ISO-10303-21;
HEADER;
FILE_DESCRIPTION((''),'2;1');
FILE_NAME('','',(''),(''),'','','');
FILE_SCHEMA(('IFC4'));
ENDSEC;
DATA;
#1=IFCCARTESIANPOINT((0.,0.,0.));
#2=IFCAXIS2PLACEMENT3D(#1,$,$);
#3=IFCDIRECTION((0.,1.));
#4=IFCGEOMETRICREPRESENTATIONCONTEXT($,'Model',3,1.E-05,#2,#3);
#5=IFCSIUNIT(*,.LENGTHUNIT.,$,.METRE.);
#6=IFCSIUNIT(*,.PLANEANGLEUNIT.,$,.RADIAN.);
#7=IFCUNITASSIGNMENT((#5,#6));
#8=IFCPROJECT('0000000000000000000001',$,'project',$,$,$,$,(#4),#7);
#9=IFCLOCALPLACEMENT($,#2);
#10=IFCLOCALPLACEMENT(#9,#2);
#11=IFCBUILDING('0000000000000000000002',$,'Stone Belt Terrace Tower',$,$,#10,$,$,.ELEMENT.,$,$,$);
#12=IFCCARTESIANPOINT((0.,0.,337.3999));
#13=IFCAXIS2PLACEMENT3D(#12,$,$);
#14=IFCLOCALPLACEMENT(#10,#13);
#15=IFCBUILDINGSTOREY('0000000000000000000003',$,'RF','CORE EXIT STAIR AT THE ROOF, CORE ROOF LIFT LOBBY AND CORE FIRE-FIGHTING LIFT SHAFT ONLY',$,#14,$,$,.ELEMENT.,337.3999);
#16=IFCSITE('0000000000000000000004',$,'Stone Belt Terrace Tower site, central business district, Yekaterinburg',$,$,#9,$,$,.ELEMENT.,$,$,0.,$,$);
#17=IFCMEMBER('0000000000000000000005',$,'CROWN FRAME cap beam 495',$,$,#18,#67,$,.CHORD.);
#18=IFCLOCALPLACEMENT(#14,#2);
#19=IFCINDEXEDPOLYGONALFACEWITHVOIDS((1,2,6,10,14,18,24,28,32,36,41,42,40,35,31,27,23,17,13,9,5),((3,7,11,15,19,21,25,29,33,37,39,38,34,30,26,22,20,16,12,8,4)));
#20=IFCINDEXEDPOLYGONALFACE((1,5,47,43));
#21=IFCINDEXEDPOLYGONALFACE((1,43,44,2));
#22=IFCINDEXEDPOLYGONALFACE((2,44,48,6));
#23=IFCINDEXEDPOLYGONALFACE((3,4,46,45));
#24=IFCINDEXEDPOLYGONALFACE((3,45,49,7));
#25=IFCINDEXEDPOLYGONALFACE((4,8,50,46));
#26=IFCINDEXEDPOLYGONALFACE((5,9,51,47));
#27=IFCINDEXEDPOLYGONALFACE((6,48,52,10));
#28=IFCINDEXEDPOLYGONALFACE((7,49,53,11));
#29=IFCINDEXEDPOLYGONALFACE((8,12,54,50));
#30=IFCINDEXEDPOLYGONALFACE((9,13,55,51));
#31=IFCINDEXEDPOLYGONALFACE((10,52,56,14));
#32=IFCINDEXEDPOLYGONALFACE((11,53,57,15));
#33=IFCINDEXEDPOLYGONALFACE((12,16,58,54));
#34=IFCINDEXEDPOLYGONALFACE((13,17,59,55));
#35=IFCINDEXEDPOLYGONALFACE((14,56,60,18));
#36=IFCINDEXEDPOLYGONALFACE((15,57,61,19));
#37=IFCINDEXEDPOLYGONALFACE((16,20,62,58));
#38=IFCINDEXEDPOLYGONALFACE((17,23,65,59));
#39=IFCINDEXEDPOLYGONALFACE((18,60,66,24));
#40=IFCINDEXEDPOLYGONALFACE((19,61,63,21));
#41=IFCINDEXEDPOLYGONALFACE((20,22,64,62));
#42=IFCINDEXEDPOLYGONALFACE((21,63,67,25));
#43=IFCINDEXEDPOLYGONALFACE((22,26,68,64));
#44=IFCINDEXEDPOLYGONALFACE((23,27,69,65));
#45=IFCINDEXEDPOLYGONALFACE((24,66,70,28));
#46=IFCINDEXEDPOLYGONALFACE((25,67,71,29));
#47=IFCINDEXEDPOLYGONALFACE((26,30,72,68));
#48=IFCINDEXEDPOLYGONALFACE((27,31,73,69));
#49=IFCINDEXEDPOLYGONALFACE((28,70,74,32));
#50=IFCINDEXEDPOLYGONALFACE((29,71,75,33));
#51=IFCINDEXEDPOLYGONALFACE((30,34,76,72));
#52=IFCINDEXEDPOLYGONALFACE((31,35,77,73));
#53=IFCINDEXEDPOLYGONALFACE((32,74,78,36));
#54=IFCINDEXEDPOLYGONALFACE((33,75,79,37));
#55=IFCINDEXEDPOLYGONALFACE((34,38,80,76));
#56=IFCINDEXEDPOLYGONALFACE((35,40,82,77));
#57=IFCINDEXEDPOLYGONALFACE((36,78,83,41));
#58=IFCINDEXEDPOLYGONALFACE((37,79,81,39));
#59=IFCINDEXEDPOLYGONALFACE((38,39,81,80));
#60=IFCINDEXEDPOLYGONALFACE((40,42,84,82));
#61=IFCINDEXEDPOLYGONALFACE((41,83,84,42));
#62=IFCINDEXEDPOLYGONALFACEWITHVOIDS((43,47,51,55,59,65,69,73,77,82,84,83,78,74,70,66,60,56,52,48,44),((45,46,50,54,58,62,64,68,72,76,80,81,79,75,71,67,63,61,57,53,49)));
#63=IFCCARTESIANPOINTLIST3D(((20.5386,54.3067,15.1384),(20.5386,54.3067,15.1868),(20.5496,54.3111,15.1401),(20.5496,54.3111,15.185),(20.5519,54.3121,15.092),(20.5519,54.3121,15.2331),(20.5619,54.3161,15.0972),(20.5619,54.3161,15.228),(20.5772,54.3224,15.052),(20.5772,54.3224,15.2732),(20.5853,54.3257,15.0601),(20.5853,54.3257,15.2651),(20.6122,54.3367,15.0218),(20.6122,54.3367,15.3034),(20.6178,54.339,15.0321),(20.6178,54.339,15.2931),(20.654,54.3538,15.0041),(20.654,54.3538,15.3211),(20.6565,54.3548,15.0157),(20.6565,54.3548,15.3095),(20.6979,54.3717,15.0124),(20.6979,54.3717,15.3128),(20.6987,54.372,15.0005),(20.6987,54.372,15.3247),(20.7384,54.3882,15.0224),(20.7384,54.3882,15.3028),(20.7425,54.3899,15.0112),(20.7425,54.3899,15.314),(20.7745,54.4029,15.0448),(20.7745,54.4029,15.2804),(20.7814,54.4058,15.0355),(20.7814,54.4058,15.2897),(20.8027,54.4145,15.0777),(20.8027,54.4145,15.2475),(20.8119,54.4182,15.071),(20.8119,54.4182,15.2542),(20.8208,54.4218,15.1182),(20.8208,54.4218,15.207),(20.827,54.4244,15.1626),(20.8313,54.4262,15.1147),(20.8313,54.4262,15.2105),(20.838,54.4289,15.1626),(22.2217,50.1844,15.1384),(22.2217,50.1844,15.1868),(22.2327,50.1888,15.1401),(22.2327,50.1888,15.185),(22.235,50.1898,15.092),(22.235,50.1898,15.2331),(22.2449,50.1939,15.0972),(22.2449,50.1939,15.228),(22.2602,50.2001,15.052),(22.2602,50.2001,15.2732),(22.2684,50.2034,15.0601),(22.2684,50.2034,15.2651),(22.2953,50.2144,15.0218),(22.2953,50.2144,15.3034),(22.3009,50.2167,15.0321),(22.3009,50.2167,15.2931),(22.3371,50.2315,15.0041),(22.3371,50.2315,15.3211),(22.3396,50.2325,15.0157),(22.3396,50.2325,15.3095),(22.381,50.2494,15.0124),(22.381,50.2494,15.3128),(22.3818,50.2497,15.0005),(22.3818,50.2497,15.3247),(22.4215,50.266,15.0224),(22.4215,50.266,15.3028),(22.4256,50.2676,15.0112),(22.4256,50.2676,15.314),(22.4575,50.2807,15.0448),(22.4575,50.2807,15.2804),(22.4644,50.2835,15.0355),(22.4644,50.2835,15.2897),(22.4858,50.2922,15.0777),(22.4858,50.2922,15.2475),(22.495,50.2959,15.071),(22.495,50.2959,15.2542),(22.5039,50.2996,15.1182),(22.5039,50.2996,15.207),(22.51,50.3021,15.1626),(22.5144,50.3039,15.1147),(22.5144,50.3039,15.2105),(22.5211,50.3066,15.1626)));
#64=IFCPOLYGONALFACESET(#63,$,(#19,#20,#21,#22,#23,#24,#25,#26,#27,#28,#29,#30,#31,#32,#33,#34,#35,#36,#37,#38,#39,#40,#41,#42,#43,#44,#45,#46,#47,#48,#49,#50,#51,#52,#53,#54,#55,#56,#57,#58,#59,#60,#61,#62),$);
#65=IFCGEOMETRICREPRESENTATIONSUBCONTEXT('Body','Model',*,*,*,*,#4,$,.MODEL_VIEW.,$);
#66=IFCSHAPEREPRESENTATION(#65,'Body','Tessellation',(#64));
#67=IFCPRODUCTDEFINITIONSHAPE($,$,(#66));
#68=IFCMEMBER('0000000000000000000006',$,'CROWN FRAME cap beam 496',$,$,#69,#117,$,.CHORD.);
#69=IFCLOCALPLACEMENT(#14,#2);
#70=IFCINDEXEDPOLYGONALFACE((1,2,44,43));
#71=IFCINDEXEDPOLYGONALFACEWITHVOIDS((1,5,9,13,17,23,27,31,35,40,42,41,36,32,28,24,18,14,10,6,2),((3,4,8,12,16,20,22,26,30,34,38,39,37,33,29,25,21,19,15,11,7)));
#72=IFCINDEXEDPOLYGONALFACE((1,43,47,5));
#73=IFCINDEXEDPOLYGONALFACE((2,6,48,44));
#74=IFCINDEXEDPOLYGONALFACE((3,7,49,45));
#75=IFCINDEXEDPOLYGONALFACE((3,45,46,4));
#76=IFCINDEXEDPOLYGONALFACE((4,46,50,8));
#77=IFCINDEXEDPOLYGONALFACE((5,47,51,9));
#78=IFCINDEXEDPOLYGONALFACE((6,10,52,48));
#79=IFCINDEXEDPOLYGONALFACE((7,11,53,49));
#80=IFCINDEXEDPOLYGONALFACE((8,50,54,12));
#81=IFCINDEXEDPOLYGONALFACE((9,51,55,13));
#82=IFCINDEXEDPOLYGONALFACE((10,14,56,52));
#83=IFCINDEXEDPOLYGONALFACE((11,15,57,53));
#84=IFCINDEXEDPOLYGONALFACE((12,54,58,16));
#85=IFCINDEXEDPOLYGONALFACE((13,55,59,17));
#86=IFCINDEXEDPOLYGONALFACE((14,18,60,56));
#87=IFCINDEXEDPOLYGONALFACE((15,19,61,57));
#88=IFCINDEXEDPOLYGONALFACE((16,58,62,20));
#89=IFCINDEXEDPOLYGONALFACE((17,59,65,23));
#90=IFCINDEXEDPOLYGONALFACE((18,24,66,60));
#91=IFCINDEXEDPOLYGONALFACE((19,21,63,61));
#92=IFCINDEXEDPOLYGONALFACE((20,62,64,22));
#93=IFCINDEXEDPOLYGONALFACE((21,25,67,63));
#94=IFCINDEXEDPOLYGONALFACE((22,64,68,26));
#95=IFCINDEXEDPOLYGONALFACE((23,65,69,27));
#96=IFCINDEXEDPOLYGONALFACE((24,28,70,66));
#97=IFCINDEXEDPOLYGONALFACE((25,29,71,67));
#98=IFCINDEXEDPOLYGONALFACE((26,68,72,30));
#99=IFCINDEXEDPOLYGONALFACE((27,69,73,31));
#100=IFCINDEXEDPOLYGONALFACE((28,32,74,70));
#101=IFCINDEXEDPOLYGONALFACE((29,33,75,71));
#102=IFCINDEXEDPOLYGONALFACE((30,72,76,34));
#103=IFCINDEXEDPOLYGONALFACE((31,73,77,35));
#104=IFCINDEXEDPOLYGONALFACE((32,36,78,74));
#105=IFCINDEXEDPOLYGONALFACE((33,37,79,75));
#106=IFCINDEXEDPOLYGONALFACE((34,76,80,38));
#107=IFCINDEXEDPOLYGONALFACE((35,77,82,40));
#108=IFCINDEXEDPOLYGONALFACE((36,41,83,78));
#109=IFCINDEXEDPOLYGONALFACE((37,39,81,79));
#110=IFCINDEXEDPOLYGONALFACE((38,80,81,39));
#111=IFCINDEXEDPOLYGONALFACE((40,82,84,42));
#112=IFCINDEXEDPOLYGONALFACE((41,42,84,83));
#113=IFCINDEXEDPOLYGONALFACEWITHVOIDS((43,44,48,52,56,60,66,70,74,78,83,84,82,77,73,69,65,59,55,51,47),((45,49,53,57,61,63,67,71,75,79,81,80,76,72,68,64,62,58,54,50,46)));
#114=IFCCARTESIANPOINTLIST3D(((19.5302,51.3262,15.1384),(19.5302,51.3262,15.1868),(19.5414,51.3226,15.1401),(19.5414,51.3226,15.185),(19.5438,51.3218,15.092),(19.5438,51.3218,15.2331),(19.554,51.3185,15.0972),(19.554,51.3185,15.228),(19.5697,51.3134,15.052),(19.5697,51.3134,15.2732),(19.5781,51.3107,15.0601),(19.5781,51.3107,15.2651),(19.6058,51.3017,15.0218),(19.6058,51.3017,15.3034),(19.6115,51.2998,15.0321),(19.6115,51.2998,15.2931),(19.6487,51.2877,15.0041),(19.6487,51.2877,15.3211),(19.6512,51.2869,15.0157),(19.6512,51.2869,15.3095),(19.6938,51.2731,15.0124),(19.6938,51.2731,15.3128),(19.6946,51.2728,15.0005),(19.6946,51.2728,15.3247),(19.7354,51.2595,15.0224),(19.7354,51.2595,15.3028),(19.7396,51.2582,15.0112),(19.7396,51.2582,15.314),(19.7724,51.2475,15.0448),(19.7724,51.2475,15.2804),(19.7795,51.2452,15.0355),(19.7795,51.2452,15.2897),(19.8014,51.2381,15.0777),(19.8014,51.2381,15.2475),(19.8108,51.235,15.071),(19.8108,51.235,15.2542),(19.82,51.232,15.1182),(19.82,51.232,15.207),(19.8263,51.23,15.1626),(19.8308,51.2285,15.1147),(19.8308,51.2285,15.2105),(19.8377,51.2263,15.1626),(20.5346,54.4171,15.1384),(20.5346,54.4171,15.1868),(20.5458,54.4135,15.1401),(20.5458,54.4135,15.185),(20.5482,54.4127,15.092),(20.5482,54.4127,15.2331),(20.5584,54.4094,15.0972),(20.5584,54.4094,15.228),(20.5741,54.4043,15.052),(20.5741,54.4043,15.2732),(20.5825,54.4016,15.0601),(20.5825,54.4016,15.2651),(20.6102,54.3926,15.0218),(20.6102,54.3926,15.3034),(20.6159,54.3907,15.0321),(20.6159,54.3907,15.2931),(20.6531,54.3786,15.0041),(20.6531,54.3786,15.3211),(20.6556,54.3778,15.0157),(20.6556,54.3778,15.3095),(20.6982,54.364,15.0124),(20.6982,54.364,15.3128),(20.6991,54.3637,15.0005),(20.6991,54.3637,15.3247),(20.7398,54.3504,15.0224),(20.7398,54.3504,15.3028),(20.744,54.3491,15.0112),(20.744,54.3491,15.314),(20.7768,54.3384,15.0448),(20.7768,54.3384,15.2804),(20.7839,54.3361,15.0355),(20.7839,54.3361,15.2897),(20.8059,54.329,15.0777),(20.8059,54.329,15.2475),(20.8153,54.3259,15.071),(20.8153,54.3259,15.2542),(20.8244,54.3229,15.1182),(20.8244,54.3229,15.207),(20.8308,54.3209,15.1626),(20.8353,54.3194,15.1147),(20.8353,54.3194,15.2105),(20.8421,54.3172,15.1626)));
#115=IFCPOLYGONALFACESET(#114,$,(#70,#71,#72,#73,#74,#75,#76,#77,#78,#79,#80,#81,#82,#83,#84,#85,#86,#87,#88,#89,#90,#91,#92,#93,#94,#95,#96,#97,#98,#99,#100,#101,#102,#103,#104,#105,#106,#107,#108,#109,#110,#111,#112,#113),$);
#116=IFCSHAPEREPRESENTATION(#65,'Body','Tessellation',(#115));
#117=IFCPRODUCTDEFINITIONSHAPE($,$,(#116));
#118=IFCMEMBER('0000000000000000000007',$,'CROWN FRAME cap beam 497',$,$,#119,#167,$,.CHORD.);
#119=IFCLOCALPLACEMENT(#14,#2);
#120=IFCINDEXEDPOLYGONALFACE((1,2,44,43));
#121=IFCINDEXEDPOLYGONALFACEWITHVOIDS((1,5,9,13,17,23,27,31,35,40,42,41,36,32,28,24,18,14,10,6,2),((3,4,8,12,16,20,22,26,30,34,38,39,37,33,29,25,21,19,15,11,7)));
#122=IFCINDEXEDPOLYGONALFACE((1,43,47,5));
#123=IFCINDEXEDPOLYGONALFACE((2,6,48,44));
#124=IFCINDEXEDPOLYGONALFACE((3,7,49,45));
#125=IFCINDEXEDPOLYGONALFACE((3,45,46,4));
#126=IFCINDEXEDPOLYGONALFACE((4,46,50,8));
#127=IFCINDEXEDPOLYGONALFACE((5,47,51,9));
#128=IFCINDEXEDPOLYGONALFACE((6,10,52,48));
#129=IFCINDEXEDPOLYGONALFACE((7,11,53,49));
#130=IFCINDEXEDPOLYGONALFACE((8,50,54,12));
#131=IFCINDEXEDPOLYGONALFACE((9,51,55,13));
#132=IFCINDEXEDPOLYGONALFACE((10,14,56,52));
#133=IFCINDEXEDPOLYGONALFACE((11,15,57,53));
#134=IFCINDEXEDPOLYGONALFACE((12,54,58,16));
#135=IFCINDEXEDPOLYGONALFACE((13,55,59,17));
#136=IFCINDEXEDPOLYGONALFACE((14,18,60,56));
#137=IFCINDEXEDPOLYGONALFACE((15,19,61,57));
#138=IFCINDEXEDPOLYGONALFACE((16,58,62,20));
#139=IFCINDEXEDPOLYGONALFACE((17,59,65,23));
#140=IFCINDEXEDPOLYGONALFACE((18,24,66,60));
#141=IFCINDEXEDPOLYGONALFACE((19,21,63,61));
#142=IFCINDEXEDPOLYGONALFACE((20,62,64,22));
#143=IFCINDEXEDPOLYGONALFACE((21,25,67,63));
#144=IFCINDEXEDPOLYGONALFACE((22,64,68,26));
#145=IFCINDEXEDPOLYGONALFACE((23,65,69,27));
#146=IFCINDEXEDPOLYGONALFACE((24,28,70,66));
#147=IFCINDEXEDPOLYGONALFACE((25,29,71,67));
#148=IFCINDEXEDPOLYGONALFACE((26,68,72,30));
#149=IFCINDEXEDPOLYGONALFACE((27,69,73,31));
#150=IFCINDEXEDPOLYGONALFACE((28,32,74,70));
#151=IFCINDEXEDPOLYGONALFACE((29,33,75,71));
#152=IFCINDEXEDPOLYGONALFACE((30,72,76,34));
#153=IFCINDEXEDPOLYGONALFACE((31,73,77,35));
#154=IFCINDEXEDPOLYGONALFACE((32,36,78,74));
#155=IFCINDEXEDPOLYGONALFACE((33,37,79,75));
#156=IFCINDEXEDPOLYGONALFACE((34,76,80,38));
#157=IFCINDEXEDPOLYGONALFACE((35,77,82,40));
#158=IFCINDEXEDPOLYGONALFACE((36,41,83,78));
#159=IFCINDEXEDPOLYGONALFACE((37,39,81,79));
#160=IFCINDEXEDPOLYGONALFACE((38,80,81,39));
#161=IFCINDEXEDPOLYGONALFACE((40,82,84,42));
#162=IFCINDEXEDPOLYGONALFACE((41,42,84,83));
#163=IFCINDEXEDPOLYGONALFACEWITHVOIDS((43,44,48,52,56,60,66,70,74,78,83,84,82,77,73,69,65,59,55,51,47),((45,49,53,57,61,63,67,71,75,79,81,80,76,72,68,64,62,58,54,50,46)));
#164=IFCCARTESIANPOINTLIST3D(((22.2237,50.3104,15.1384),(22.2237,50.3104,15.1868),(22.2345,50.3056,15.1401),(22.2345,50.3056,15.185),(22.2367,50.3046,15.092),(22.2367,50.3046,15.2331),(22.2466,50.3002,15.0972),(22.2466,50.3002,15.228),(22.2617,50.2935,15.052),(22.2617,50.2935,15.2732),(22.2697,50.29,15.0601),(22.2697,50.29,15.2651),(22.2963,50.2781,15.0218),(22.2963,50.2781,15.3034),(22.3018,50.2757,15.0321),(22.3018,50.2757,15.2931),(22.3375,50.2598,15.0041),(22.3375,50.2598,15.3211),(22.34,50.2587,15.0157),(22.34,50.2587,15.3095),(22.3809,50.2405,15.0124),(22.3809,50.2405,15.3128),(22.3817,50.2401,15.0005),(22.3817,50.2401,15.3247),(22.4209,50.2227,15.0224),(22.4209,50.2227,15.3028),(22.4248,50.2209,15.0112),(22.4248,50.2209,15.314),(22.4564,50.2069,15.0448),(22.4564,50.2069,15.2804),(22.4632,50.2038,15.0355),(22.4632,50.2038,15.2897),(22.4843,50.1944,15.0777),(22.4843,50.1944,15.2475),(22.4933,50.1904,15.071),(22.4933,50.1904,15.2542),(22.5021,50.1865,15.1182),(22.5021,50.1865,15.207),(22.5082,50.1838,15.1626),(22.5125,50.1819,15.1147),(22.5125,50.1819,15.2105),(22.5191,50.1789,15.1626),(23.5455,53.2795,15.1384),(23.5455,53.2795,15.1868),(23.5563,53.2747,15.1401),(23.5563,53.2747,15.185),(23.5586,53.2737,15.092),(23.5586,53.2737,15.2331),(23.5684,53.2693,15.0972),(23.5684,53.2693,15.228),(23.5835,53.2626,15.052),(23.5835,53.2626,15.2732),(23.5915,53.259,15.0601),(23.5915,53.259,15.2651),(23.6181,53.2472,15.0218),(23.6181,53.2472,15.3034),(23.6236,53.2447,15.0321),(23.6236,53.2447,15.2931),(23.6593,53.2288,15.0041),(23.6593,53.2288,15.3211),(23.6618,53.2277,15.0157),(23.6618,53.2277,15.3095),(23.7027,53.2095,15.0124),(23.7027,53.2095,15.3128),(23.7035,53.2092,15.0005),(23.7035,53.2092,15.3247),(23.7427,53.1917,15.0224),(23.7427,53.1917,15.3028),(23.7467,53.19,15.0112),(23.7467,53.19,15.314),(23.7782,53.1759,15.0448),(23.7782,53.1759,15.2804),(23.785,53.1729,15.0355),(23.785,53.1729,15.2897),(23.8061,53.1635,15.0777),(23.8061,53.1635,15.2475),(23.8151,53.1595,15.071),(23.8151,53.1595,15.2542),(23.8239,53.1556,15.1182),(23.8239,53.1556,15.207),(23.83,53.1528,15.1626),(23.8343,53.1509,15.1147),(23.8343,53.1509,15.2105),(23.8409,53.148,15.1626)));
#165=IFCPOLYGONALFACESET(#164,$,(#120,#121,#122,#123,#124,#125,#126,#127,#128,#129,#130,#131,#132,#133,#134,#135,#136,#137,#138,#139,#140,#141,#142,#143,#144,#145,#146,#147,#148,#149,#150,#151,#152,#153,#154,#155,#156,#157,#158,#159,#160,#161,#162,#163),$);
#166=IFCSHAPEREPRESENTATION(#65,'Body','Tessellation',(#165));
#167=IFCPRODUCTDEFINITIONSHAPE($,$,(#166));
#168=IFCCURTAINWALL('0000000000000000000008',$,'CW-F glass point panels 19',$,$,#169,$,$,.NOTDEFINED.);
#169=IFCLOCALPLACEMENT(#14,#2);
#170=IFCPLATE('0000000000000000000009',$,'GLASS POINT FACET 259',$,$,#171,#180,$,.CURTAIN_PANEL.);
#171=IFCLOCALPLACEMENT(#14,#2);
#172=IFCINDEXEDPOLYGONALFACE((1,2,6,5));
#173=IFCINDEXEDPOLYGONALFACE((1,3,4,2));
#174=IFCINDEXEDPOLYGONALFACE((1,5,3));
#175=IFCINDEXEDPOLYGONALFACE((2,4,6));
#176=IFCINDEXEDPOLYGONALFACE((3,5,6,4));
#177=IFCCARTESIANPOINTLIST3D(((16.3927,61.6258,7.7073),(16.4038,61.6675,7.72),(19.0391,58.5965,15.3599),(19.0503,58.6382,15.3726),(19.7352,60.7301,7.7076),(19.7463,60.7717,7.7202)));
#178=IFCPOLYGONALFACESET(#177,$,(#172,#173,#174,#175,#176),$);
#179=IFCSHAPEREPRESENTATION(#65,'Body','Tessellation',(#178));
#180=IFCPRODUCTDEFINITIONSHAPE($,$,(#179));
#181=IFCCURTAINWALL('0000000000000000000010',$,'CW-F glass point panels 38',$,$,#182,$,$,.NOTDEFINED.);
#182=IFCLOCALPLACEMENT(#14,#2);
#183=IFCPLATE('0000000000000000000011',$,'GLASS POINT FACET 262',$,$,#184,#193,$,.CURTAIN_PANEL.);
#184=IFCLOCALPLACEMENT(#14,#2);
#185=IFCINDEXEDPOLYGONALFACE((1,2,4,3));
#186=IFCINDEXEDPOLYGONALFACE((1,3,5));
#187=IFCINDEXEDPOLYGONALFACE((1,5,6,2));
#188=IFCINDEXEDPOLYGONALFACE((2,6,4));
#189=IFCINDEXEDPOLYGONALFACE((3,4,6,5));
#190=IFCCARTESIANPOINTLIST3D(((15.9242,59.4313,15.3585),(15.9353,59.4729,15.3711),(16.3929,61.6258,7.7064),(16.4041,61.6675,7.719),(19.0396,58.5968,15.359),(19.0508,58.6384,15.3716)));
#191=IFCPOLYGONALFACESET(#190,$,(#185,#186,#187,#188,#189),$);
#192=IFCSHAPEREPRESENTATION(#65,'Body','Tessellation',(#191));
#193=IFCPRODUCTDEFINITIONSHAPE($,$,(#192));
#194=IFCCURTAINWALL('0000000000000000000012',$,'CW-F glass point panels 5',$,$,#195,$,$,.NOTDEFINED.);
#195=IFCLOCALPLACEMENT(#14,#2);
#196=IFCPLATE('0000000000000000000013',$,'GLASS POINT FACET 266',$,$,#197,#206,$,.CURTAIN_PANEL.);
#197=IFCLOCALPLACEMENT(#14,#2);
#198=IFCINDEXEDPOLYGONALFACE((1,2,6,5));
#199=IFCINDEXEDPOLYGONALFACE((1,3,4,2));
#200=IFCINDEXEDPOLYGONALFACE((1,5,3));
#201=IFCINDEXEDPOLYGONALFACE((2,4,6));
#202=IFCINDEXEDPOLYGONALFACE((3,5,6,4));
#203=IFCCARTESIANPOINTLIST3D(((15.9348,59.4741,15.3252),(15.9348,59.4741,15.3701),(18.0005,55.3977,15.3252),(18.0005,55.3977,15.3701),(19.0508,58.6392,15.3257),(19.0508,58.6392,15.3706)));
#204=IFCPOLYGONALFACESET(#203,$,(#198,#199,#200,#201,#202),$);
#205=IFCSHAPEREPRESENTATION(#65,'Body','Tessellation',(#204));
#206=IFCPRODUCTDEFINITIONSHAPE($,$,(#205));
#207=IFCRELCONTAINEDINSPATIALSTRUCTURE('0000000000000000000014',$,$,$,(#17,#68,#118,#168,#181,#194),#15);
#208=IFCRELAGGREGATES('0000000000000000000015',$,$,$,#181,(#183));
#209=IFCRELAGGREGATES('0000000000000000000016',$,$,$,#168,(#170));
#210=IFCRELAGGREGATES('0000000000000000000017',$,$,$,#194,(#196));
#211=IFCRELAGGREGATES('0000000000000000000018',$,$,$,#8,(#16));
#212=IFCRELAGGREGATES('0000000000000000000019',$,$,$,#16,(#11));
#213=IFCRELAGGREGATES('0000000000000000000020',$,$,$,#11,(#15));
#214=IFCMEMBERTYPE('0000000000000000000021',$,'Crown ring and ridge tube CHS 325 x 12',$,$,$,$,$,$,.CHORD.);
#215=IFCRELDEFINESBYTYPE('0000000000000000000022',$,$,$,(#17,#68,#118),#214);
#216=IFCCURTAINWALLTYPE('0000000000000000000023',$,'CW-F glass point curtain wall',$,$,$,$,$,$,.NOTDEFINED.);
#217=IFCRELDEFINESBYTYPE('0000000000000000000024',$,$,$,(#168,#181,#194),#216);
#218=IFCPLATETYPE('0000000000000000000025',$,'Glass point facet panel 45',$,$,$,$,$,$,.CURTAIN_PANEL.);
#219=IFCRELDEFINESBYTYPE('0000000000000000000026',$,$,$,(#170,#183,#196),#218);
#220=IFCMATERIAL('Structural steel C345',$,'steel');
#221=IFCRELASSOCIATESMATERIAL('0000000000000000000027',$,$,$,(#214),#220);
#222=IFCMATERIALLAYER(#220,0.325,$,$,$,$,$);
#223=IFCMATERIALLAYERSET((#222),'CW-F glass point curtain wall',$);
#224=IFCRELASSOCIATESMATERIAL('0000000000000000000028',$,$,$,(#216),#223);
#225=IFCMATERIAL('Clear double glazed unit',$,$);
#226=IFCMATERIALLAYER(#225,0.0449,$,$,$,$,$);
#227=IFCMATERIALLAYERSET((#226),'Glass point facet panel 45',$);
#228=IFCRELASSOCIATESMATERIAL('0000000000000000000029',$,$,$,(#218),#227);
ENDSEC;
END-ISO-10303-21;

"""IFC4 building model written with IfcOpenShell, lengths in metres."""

from ifc_helpers import new_model, si_unit, direction, frame, origin, origin_2d, place, context, subcontext, project, spatial, polyline, hollow_circle, outline, extrude, material, layer, layer_set, material_profile, profile_set, type_object, element, aggregate, save


model = new_model("IFC4")

# Units and contexts
model_context = context("Model", 3, precision=1e-05, world=origin(), true_north=direction((0.0, 1.0)))
body_context = subcontext(model_context, "Body", "Model", "MODEL_VIEW")
ifc_project = project(units=[si_unit("LENGTHUNIT", "METRE"), si_unit("PLANEANGLEUNIT", "RADIAN")], contexts=[model_context])

# Site, building, storey
site_placement = place(None, origin())
site = spatial("IfcSite", under=ifc_project, at=site_placement, Name="Stone Belt Terrace Tower site, central business district, Yekaterinburg", CompositionType="ELEMENT", RefElevation=0.0)
building_placement = place(site_placement, origin())
building = spatial("IfcBuilding", under=site, at=building_placement, Name="Stone Belt Terrace Tower", CompositionType="ELEMENT")
storey_placement = place(building_placement, frame((0.0, 0.0, 337.3999)))
storey = spatial("IfcBuildingStorey", under=building, at=storey_placement, Name="RF", Description="CORE EXIT STAIR AT THE ROOF, CORE ROOF LIFT LOBBY AND CORE FIRE-FIGHTING LIFT SHAFT ONLY", CompositionType="ELEMENT", Elevation=337.3999)

# Members
ifc_material_1 = material(Name="Structural steel C345", Category="steel")
ifc_material_profile_1 = material_profile(ifc_material_1, hollow_circle(Radius=0.1626, WallThickness=0.012, at=origin_2d()), Name="Structural steel C345 CHS 325x12")
ifc_profile_set_1 = profile_set([ifc_material_profile_1], Name="Structural steel C345")
member_type_1 = type_object("IfcMemberType", Name="Crown ring and ridge tube CHS 325 x 12", PredefinedType="CHORD", material=ifc_profile_set_1)
member_1_placement = place(storey_placement, frame((20.6875, 54.3674, 15.1626), z_axis=(0.377999, -0.925806, 0.0), x_axis=(0.925806, 0.377999, 0.0)))
element("IfcMember", 1, at=member_1_placement, inside=storey, type_object=member_type_1, Name="CROWN FRAME cap beam 495", PredefinedType="CHORD", context=body_context, shape_type="SweptSolid", body=[
    extrude(hollow_circle(Radius=0.1626, WallThickness=0.012, at=origin_2d()), origin(), (0.0, 0.0, 1.0), 4.4526),
])
for number, where, z_axis, x_axis, name in (
    (2, (20.6875, 54.3674, 15.1626), (-0.309052, -0.951045, 0.0), (0.951045, -0.309052, 0.0), "CROWN FRAME cap beam 496"),
    (3, (23.6924, 53.2141, 15.1626), (-0.40671, -0.913557, 0.0), (0.913557, -0.40671, 0.0), "CROWN FRAME cap beam 497"),
):
    element("IfcMember", number, at=place(storey_placement, frame(where, z_axis=z_axis, x_axis=x_axis)), inside=storey, type_object=member_type_1, Name=name, PredefinedType="CHORD", context=body_context, shape_type="SweptSolid", body=[
        extrude(hollow_circle(Radius=0.1626, WallThickness=0.012, at=origin_2d()), origin(), (0.0, 0.0, 1.0), 3.25),
    ])

# Curtain walls, plates
ifc_layer_1 = layer(ifc_material_1, 0.325)
ifc_layer_set_1 = layer_set([ifc_layer_1], Name="CW-F glass point curtain wall")
curtain_wall_type = type_object("IfcCurtainWallType", Name="CW-F glass point curtain wall", PredefinedType="NOTDEFINED", material=ifc_layer_set_1)
curtain_wall_1_placement = place(storey_placement, origin())
curtain_wall_1 = element("IfcCurtainWall", 4, at=curtain_wall_1_placement, inside=storey, type_object=curtain_wall_type, Name="CW-F glass point panels 19", PredefinedType="NOTDEFINED")
ifc_material_2 = material(Name="Clear double glazed unit")
ifc_layer_2 = layer(ifc_material_2, 0.0449)
ifc_layer_set_2 = layer_set([ifc_layer_2], Name="Glass point facet panel 45")
plate_type = type_object("IfcPlateType", Name="Glass point facet panel 45", PredefinedType="CURTAIN_PANEL", material=ifc_layer_set_2)
plate_1_placement = place(storey_placement, frame((19.0503, 58.6382, 15.3726), z_axis=(0.2484, 0.92699, 0.281047), x_axis=(-0.306115, 0.350395, -0.885165)))
plate_1 = element("IfcPlate", 5, at=plate_1_placement, type_object=plate_type, Name="GLASS POINT FACET 259", PredefinedType="CURTAIN_PANEL", context=body_context, shape_type="SweptSolid", body=[
    extrude(outline(polyline([(0.0, 0.0), (8.6454, 0.0), (7.3081, -3.1916), (0.0, 0.0)])), origin(), (0.0, 0.0, -1.0), 0.0449),
])
curtain_wall_2_placement = place(storey_placement, origin())
curtain_wall_2 = element("IfcCurtainWall", 6, at=curtain_wall_2_placement, inside=storey, type_object=curtain_wall_type, Name="CW-F glass point panels 38", PredefinedType="NOTDEFINED")
plate_2_placement = place(storey_placement, frame((19.0508, 58.6384, 15.3716), z_axis=(0.248256, 0.927021, 0.281072), x_axis=(-0.96595, 0.258727, -0.000151)))
plate_2 = element("IfcPlate", 7, at=plate_2_placement, type_object=plate_type, Name="GLASS POINT FACET 262", PredefinedType="CURTAIN_PANEL", context=body_context, shape_type="SweptSolid", body=[
    extrude(outline(polyline([(0.0, 0.0), (3.2253, 0.0), (3.3415, -7.9735), (0.0, 0.0)])), origin(), (0.0, 0.0, -1.0), 0.0449),
])
aggregate(curtain_wall_2, [plate_2])
curtain_wall_3_placement = place(storey_placement, origin())
curtain_wall_3 = element("IfcCurtainWall", 8, at=curtain_wall_3_placement, inside=storey, type_object=curtain_wall_type, Name="CW-F glass point panels 5", PredefinedType="NOTDEFINED")
plate_3_placement = place(storey_placement, frame((19.0508, 58.6392, 15.3706), z_axis=(-0.000181, -0.000092, 1.0), x_axis=(-0.308242, -0.951308, -0.000143)))
plate_3 = element("IfcPlate", 9, at=plate_3_placement, type_object=plate_type, Name="GLASS POINT FACET 266", PredefinedType="CURTAIN_PANEL", context=body_context, shape_type="SweptSolid", body=[
    extrude(outline(polyline([(0.0, 0.0), (3.4074, 0.0), (0.1662, -3.2216), (0.0, 0.0)])), origin(), (0.0, 0.0, -1.0), 0.0449),
])

aggregate(curtain_wall_1, [plate_1])
aggregate(curtain_wall_3, [plate_3])

save(model, "model.ifc")
